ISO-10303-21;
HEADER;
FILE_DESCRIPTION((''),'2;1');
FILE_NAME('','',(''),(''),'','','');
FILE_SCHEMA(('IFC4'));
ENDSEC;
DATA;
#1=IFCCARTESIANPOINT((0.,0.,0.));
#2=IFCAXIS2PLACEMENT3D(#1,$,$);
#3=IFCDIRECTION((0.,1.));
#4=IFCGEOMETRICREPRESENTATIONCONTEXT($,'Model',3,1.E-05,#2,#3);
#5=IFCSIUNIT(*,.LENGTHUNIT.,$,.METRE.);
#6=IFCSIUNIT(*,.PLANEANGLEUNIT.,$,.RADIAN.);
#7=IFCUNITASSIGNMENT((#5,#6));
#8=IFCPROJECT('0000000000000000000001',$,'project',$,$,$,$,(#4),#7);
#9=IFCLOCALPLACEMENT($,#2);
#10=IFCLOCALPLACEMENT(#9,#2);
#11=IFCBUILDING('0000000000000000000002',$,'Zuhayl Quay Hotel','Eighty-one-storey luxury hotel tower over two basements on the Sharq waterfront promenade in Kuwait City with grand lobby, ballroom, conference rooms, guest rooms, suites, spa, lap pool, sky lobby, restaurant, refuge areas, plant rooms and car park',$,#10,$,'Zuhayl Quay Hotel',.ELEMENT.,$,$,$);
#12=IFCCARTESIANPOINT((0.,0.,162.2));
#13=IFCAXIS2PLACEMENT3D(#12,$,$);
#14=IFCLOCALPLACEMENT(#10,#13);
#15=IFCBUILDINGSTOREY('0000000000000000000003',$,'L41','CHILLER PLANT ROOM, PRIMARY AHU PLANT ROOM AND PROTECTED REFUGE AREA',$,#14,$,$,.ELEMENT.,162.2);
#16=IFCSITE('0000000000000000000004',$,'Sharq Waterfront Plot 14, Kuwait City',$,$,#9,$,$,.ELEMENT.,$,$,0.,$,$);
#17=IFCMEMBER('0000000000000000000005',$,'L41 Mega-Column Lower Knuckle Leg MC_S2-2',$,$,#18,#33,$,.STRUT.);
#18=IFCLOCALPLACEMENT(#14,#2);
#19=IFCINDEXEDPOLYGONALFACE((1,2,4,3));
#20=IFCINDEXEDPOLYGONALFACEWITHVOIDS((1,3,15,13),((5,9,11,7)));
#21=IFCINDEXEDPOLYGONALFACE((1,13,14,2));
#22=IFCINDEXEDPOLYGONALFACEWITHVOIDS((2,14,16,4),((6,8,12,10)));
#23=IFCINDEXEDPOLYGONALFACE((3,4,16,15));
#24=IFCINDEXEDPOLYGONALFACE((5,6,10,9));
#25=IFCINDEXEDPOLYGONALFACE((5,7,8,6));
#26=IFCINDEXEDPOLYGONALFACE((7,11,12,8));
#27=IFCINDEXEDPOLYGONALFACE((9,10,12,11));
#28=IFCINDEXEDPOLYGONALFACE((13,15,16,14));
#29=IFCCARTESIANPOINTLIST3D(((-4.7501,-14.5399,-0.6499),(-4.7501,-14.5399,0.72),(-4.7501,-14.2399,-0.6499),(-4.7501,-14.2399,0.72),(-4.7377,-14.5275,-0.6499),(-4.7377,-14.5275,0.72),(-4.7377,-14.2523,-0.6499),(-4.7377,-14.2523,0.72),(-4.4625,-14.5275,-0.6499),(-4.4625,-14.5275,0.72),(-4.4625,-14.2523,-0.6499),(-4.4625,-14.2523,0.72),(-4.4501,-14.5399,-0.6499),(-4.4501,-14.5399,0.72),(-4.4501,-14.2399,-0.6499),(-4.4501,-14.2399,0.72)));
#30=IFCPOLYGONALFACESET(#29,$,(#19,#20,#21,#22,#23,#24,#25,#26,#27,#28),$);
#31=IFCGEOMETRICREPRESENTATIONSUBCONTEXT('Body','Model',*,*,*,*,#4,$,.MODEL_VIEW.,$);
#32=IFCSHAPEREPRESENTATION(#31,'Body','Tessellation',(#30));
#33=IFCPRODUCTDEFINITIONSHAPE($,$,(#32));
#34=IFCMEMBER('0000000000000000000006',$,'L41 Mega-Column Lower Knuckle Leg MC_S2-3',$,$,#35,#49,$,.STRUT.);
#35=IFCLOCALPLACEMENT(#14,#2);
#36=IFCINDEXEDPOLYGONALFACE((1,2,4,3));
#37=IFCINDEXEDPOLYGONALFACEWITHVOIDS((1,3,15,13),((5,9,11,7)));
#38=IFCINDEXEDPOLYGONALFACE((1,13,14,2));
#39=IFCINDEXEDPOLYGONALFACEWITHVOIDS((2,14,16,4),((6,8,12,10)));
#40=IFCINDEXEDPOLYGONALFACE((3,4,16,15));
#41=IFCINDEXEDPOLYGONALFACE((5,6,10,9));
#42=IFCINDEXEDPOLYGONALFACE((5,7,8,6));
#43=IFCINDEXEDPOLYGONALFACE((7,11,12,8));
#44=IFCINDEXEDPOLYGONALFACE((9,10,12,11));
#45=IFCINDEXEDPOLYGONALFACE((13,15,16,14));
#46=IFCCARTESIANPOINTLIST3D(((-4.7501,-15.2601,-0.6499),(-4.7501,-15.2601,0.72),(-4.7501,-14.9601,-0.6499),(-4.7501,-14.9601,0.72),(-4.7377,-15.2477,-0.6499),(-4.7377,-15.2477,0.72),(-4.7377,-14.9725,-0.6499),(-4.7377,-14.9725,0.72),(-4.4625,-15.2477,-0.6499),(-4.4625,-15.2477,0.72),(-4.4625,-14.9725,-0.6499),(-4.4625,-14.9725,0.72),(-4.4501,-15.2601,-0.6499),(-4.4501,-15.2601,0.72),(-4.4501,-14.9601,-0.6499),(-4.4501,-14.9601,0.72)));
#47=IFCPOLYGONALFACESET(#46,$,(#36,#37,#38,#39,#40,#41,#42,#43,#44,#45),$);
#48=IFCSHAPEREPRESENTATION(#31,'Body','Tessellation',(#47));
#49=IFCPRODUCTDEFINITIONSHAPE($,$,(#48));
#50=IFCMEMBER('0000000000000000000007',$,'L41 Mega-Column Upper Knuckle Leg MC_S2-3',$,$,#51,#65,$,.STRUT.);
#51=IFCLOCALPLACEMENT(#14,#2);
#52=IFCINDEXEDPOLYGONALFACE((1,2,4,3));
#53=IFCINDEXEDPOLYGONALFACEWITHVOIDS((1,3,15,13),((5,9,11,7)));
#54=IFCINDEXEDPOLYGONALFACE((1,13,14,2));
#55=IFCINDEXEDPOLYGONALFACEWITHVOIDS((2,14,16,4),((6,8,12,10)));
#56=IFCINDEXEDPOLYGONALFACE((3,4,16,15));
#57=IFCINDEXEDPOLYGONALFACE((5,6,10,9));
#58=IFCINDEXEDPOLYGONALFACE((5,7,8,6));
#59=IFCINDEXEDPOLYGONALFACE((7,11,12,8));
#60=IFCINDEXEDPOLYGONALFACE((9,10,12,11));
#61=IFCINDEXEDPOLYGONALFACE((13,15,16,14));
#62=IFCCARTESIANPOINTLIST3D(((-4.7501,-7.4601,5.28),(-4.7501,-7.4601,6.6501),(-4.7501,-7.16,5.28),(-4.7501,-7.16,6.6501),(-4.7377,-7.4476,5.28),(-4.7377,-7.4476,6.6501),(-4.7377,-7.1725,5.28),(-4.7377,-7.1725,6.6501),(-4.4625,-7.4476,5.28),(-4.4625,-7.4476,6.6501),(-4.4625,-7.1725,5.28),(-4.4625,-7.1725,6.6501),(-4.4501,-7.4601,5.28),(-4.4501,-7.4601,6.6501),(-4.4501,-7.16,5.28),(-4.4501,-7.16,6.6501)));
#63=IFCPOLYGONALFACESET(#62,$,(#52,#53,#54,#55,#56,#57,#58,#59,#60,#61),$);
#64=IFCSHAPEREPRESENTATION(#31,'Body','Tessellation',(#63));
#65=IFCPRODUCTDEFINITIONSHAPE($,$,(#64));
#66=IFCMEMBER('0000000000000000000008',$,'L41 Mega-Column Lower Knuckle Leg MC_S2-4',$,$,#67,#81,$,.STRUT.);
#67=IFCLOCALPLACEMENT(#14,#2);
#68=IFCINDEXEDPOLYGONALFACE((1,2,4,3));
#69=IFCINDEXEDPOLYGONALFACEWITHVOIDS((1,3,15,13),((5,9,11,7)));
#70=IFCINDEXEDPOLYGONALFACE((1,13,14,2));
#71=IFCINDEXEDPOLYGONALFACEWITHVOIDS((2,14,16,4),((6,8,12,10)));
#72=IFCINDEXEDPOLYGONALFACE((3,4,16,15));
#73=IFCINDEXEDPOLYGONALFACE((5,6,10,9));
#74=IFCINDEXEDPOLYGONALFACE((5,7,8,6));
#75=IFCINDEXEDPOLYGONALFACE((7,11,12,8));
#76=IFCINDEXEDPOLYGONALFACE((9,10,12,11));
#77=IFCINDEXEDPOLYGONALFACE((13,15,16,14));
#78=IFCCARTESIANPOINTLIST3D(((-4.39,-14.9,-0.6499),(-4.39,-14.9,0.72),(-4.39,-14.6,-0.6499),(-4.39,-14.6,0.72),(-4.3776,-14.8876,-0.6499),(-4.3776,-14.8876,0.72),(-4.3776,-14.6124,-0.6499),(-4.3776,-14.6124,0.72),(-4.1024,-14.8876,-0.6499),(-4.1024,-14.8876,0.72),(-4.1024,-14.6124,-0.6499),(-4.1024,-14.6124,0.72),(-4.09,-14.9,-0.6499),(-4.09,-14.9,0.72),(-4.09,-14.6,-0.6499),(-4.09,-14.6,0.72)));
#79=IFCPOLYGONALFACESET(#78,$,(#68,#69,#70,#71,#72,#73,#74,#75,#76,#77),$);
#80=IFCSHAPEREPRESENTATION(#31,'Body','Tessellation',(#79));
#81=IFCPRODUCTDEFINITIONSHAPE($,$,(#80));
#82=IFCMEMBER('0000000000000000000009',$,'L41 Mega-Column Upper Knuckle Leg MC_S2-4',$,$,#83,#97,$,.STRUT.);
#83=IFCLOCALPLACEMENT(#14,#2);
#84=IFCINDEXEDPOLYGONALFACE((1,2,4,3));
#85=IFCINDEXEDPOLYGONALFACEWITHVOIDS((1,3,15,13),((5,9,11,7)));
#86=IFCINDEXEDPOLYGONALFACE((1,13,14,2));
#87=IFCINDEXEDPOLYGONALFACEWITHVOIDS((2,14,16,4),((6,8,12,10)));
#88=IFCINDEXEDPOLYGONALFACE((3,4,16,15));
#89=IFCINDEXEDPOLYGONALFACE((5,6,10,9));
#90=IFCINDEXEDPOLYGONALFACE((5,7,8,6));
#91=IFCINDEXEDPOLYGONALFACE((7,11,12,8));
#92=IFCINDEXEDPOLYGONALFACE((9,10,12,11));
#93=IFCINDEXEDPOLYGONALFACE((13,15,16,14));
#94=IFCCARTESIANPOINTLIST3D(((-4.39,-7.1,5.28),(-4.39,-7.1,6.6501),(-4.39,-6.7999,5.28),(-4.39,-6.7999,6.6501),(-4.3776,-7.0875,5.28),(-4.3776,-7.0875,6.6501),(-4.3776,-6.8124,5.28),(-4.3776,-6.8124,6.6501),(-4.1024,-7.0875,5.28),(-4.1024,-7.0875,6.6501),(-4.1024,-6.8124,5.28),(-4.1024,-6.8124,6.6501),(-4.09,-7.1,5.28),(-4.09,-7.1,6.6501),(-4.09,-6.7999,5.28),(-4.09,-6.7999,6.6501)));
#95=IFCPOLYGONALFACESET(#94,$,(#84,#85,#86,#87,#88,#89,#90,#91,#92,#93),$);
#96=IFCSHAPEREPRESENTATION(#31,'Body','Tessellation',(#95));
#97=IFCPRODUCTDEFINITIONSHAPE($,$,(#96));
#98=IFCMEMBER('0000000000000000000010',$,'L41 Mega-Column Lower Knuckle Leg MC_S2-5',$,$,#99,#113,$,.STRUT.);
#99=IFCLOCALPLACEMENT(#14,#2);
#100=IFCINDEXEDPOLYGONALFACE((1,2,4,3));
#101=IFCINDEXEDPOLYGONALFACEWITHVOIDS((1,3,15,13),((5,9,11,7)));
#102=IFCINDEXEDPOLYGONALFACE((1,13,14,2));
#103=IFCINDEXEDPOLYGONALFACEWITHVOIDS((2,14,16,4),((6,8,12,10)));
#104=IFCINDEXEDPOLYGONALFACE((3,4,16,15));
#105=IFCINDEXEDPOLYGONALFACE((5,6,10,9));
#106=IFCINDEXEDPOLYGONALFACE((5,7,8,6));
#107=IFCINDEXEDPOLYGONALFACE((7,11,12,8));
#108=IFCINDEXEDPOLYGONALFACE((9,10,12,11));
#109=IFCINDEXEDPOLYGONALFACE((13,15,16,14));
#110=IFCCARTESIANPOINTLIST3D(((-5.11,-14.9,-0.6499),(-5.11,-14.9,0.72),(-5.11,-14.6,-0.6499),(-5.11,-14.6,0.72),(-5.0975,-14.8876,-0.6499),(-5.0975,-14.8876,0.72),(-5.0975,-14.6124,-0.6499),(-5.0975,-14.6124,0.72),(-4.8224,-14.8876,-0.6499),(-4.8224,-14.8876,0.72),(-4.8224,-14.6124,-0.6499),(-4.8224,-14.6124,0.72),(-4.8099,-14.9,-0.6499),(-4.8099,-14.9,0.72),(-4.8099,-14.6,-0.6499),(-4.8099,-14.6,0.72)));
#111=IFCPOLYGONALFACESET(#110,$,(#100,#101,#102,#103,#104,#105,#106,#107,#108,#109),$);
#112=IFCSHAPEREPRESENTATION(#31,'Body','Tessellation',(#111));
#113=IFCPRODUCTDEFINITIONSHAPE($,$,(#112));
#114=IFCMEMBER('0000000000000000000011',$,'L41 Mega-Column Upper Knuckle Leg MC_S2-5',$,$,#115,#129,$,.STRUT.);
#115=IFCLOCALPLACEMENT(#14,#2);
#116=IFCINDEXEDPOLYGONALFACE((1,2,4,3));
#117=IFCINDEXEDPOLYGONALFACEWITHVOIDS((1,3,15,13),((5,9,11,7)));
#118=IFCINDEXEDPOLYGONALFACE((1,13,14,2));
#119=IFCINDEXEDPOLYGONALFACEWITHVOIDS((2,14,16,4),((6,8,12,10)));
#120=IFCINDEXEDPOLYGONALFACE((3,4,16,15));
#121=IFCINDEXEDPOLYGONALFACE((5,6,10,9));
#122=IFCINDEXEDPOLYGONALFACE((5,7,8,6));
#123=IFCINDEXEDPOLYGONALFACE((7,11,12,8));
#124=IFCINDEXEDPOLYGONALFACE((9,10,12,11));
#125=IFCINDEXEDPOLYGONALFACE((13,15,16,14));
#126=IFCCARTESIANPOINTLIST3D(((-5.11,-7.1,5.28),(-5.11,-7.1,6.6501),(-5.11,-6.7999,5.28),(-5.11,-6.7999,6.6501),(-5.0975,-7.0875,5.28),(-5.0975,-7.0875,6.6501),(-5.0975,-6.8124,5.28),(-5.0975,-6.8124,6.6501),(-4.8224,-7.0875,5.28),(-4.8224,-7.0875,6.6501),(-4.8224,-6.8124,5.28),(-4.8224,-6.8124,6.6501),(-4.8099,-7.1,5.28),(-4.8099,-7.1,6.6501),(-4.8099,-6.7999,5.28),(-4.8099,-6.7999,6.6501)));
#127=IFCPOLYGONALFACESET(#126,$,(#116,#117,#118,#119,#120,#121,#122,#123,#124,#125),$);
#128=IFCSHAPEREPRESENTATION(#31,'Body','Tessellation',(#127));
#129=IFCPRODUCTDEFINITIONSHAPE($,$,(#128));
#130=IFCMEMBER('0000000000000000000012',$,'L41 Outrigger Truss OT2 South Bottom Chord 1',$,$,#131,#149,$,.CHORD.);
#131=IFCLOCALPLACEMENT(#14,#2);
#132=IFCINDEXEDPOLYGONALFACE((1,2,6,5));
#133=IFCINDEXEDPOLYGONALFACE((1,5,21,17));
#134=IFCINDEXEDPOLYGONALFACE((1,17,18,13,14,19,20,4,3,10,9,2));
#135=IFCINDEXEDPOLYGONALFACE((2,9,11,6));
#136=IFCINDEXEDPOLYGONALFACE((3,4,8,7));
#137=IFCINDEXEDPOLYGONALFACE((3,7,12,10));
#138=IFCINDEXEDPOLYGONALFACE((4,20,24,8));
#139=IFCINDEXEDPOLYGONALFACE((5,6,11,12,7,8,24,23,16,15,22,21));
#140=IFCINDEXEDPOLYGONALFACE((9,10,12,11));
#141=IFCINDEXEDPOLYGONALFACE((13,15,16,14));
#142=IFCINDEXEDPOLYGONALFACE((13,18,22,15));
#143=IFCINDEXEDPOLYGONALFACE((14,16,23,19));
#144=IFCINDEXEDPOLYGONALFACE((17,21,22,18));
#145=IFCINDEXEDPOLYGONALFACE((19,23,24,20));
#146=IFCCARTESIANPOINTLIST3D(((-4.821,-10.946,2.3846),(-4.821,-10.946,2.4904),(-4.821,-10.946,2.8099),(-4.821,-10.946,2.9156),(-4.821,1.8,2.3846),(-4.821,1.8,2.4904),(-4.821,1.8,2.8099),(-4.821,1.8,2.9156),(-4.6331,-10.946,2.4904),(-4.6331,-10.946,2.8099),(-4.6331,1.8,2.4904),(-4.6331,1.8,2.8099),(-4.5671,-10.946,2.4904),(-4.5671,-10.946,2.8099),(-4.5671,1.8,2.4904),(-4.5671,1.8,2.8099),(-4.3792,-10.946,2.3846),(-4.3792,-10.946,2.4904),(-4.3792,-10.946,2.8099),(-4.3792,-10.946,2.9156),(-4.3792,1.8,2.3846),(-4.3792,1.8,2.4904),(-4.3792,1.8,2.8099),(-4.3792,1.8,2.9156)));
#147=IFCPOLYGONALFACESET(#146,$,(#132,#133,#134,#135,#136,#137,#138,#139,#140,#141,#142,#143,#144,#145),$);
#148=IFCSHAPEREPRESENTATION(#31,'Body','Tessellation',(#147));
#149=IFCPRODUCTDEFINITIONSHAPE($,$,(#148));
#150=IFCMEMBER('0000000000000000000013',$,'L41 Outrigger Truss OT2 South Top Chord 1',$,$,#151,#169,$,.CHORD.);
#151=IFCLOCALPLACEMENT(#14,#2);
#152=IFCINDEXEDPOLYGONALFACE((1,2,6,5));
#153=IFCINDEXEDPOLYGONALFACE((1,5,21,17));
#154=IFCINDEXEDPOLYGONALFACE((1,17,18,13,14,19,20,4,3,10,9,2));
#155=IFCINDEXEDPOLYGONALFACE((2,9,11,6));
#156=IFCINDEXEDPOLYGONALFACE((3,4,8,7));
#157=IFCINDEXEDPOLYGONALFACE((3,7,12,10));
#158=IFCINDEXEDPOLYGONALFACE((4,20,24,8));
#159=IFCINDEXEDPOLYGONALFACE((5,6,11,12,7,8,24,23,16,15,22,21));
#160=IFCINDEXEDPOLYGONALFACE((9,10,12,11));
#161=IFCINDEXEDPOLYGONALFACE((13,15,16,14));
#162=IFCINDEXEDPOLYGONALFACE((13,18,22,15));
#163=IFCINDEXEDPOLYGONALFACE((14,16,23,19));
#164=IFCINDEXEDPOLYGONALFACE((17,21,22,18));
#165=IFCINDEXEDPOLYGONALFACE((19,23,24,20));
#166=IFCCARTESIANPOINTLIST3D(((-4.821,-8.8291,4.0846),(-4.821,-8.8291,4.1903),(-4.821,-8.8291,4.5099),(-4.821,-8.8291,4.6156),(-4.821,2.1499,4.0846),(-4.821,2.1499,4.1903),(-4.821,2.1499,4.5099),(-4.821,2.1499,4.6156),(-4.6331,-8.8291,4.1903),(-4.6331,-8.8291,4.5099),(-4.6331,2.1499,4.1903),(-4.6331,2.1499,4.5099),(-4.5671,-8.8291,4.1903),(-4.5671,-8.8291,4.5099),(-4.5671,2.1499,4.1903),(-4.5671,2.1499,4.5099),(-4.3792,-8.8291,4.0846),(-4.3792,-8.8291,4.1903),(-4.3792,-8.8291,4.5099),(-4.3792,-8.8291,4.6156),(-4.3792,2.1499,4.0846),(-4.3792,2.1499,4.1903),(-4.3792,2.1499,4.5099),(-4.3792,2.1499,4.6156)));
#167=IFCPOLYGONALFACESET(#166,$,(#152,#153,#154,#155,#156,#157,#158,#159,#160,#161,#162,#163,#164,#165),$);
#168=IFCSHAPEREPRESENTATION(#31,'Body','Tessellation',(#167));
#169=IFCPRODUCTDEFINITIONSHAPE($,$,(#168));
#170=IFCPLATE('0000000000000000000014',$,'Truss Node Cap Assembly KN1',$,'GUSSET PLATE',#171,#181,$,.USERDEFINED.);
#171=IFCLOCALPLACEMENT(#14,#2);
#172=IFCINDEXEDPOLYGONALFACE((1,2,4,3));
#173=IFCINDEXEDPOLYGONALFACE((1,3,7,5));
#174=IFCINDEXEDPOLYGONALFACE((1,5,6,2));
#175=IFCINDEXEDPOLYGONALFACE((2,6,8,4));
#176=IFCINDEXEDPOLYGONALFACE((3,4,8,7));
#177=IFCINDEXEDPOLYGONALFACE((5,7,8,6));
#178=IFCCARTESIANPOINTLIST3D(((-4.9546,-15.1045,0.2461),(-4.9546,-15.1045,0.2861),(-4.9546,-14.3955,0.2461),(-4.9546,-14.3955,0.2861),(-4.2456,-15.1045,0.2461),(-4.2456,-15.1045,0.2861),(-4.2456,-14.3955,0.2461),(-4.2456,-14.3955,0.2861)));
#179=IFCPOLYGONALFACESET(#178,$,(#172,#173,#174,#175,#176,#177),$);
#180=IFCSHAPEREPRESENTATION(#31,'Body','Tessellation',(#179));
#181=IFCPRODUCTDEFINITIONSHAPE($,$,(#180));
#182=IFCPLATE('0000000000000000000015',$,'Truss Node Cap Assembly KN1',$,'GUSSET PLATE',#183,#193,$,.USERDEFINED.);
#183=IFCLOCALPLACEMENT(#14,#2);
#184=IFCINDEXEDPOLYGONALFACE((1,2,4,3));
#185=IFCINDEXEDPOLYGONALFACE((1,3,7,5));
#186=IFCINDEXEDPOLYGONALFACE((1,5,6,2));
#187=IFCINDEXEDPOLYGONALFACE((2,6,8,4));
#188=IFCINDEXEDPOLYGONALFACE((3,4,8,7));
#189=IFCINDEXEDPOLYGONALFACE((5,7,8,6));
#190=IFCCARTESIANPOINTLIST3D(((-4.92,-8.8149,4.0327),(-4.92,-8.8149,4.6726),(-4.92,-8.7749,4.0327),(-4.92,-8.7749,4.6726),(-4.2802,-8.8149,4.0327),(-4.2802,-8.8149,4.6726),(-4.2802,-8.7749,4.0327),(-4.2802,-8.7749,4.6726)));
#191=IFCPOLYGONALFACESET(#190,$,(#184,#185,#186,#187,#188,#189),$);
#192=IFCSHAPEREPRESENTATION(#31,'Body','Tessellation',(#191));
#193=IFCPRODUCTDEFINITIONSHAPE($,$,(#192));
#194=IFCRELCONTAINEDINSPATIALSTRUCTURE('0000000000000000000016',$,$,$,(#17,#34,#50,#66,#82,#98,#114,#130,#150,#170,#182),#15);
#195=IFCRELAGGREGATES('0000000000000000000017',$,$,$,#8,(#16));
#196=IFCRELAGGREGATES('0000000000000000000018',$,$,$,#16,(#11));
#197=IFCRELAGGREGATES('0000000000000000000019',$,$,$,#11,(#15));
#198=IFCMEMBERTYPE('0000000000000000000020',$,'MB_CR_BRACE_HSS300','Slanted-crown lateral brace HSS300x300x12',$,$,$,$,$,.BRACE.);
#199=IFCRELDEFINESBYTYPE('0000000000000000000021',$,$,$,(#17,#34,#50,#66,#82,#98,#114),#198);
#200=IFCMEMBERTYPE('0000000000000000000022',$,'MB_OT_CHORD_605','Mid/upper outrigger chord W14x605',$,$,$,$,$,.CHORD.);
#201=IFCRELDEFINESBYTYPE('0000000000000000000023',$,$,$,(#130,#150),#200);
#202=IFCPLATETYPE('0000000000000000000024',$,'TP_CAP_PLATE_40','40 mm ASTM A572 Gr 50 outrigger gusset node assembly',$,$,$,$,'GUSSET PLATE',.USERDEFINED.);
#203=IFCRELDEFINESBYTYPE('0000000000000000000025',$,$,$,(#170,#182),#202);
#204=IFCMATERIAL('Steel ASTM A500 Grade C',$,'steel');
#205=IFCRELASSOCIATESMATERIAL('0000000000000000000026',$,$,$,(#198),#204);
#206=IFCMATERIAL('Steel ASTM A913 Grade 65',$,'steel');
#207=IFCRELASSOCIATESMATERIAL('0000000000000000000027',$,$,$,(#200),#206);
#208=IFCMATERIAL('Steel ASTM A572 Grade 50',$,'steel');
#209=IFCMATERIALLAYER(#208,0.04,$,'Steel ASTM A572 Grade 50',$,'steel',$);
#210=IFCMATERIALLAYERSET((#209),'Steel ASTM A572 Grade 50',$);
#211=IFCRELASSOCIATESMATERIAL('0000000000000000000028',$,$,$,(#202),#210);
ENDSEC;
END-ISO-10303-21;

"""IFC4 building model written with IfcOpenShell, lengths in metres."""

from ifc_helpers import new_model, si_unit, direction, frame, origin, origin_2d, place, context, subcontext, project, spatial, rectangle, hollow_rectangle, i_section, extrude, material, layer, layer_set, material_profile, profile_set, type_object, element, save


model = new_model("IFC4")

# Units and contexts
model_context = context("Model", 3, precision=1e-05, world=origin(), true_north=direction((0.0, 1.0)))
body_context = subcontext(model_context, "Body", "Model", "MODEL_VIEW")
ifc_project = project(units=[si_unit("LENGTHUNIT", "METRE"), si_unit("PLANEANGLEUNIT", "RADIAN")], contexts=[model_context])

# Site, building, storey
site_placement = place(None, origin())
site = spatial("IfcSite", under=ifc_project, at=site_placement, Name="Sharq Waterfront Plot 14, Kuwait City", CompositionType="ELEMENT", RefElevation=0.0)
building_placement = place(site_placement, origin())
building = spatial("IfcBuilding", under=site, at=building_placement, Name="Zuhayl Quay Hotel", Description="Eighty-one-storey luxury hotel tower over two basements on the Sharq waterfront promenade in Kuwait City with grand lobby, ballroom, conference rooms, guest rooms, suites, spa, lap pool, sky lobby, restaurant, refuge areas, plant rooms and car park", LongName="Zuhayl Quay Hotel", CompositionType="ELEMENT")
storey_placement = place(building_placement, frame((0.0, 0.0, 162.2)))
storey = spatial("IfcBuildingStorey", under=building, at=storey_placement, Name="L41", Description="CHILLER PLANT ROOM, PRIMARY AHU PLANT ROOM AND PROTECTED REFUGE AREA", CompositionType="ELEMENT", Elevation=162.2)

# Shared definitions
ifc_material_1 = material(Name="Steel ASTM A913 Grade 65", Category="steel")

# Members
ifc_material_2 = material(Name="Steel ASTM A500 Grade C", Category="steel")
ifc_material_profile_1 = material_profile(ifc_material_2, hollow_rectangle(XDim=0.3, YDim=0.3, WallThickness=0.0125, at=origin_2d()), Name="HSS300X300X12")
ifc_profile_set_1 = profile_set([ifc_material_profile_1], Name="Steel ASTM A500 Grade C")
member_type_1 = type_object("IfcMemberType", Name="MB_CR_BRACE_HSS300", Description="Slanted-crown lateral brace HSS300x300x12", PredefinedType="BRACE", material=ifc_profile_set_1)
for number, where, z_axis, x_axis, name in (
    (1, (-4.6001, -14.3899, -0.6499), (0.0, 0.0, 1.0), (1.0, 0.0, 0.0), "L41 Mega-Column Lower Knuckle Leg MC_S2-2"),
    (2, (-4.6001, -15.1101, -0.6499), (0.0, 0.0, 1.0), (1.0, 0.0, 0.0), "L41 Mega-Column Lower Knuckle Leg MC_S2-3"),
):
    element("IfcMember", number, at=place(storey_placement, frame(where, z_axis=z_axis, x_axis=x_axis)), inside=storey, type_object=member_type_1, Name=name, PredefinedType="STRUT", context=body_context, shape_type="SweptSolid", body=[
        extrude(hollow_rectangle(XDim=0.3, YDim=0.3, WallThickness=0.0125, at=origin_2d()), origin(), (0.0, 0.0, 1.0), 1.3699),
    ])
member_1_placement = place(storey_placement, frame((-4.6001, -7.3101, 5.28), z_axis=(0.0, 0.0, 1.0), x_axis=(1.0, 0.0, 0.0)))
element("IfcMember", 3, at=member_1_placement, inside=storey, type_object=member_type_1, Name="L41 Mega-Column Upper Knuckle Leg MC_S2-3", PredefinedType="STRUT", context=body_context, shape_type="SweptSolid", body=[
    extrude(hollow_rectangle(XDim=0.3, YDim=0.3, WallThickness=0.0125, at=origin_2d()), origin(), (0.0, 0.0, 1.0), 1.3701),
])
member_2_placement = place(storey_placement, frame((-4.24, -14.75, -0.6499), z_axis=(0.0, 0.0, 1.0), x_axis=(1.0, 0.0, 0.0)))
element("IfcMember", 4, at=member_2_placement, inside=storey, type_object=member_type_1, Name="L41 Mega-Column Lower Knuckle Leg MC_S2-4", PredefinedType="STRUT", context=body_context, shape_type="SweptSolid", body=[
    extrude(hollow_rectangle(XDim=0.3, YDim=0.3, WallThickness=0.0125, at=origin_2d()), origin(), (0.0, 0.0, 1.0), 1.3699),
])
member_3_placement = place(storey_placement, frame((-4.24, -6.95, 5.28), z_axis=(0.0, 0.0, 1.0), x_axis=(1.0, 0.0, 0.0)))
element("IfcMember", 5, at=member_3_placement, inside=storey, type_object=member_type_1, Name="L41 Mega-Column Upper Knuckle Leg MC_S2-4", PredefinedType="STRUT", context=body_context, shape_type="SweptSolid", body=[
    extrude(hollow_rectangle(XDim=0.3, YDim=0.3, WallThickness=0.0125, at=origin_2d()), origin(), (0.0, 0.0, 1.0), 1.3701),
])
member_4_placement = place(storey_placement, frame((-4.96, -14.75, -0.6499), z_axis=(0.0, 0.0, 1.0), x_axis=(1.0, 0.0, 0.0)))
element("IfcMember", 6, at=member_4_placement, inside=storey, type_object=member_type_1, Name="L41 Mega-Column Lower Knuckle Leg MC_S2-5", PredefinedType="STRUT", context=body_context, shape_type="SweptSolid", body=[
    extrude(hollow_rectangle(XDim=0.3, YDim=0.3, WallThickness=0.0125, at=origin_2d()), origin(), (0.0, 0.0, 1.0), 1.3699),
])
member_5_placement = place(storey_placement, frame((-4.96, -6.95, 5.28), z_axis=(0.0, 0.0, 1.0), x_axis=(1.0, 0.0, 0.0)))
element("IfcMember", 7, at=member_5_placement, inside=storey, type_object=member_type_1, Name="L41 Mega-Column Upper Knuckle Leg MC_S2-5", PredefinedType="STRUT", context=body_context, shape_type="SweptSolid", body=[
    extrude(hollow_rectangle(XDim=0.3, YDim=0.3, WallThickness=0.0125, at=origin_2d()), origin(), (0.0, 0.0, 1.0), 1.3701),
])
ifc_material_profile_2 = material_profile(ifc_material_1, i_section(OverallWidth=0.4419, OverallDepth=0.531, WebThickness=0.0659, FlangeThickness=0.1057, at=origin_2d()), Name="W14X605")
ifc_profile_set_2 = profile_set([ifc_material_profile_2], Name="Steel ASTM A913 Grade 65")
member_type_2 = type_object("IfcMemberType", Name="MB_OT_CHORD_605", Description="Mid/upper outrigger chord W14x605", PredefinedType="CHORD", material=ifc_profile_set_2)
member_6_placement = place(storey_placement, frame((-4.6001, -10.946, 2.6501), z_axis=(0.0, 1.0, 0.0), x_axis=(-1.0, 0.0, 0.0)))
element("IfcMember", 8, at=member_6_placement, inside=storey, type_object=member_type_2, Name="L41 Outrigger Truss OT2 South Bottom Chord 1", PredefinedType="CHORD", context=body_context, shape_type="SweptSolid", body=[
    extrude(i_section(OverallWidth=0.4419, OverallDepth=0.531, WebThickness=0.0659, FlangeThickness=0.1057, at=origin_2d()), origin(), (0.0, 0.0, 1.0), 12.7461),
])
member_7_placement = place(storey_placement, frame((-4.6001, -8.8291, 4.3501), z_axis=(0.0, 1.0, 0.0), x_axis=(-1.0, 0.0, 0.0)))
element("IfcMember", 9, at=member_7_placement, inside=storey, type_object=member_type_2, Name="L41 Outrigger Truss OT2 South Top Chord 1", PredefinedType="CHORD", context=body_context, shape_type="SweptSolid", body=[
    extrude(i_section(OverallWidth=0.4419, OverallDepth=0.531, WebThickness=0.0659, FlangeThickness=0.1057, at=origin_2d()), origin(), (0.0, 0.0, 1.0), 10.979),
])

# Plates
ifc_material_3 = material(Name="Steel ASTM A572 Grade 50", Category="steel")
ifc_layer_1 = layer(ifc_material_3, 0.04, Name="Steel ASTM A572 Grade 50", Category="steel")
ifc_layer_set_1 = layer_set([ifc_layer_1], Name="Steel ASTM A572 Grade 50")
plate_type = type_object("IfcPlateType", Name="TP_CAP_PLATE_40", Description="40 mm ASTM A572 Gr 50 outrigger gusset node assembly", ElementType="GUSSET PLATE", PredefinedType="USERDEFINED", material=ifc_layer_set_1)
plate_1_placement = place(storey_placement, frame((-4.6001, -14.75, 0.2461), z_axis=(0.0, 0.0, 1.0), x_axis=(1.0, 0.0, 0.0)))
element("IfcPlate", 10, at=plate_1_placement, inside=storey, type_object=plate_type, Name="Truss Node Cap Assembly KN1", ObjectType="GUSSET PLATE", PredefinedType="USERDEFINED", context=body_context, shape_type="SweptSolid", body=[
    extrude(rectangle(XDim=0.709, YDim=0.709, at=origin_2d()), origin(), (0.0, 0.0, 1.0), 0.04),
])
plate_2_placement = place(storey_placement, frame((-4.6001, -8.7949, 4.0327), z_axis=(0.0, 0.0, 1.0), x_axis=(0.0, -1.0, 0.0)))
element("IfcPlate", 11, at=plate_2_placement, inside=storey, type_object=plate_type, Name="Truss Node Cap Assembly KN1", ObjectType="GUSSET PLATE", PredefinedType="USERDEFINED", context=body_context, shape_type="SweptSolid", body=[
    extrude(rectangle(XDim=0.04, YDim=0.6399, at=origin_2d()), origin(), (0.0, 0.0, 1.0), 0.6399),
])

save(model, "model.ifc")
